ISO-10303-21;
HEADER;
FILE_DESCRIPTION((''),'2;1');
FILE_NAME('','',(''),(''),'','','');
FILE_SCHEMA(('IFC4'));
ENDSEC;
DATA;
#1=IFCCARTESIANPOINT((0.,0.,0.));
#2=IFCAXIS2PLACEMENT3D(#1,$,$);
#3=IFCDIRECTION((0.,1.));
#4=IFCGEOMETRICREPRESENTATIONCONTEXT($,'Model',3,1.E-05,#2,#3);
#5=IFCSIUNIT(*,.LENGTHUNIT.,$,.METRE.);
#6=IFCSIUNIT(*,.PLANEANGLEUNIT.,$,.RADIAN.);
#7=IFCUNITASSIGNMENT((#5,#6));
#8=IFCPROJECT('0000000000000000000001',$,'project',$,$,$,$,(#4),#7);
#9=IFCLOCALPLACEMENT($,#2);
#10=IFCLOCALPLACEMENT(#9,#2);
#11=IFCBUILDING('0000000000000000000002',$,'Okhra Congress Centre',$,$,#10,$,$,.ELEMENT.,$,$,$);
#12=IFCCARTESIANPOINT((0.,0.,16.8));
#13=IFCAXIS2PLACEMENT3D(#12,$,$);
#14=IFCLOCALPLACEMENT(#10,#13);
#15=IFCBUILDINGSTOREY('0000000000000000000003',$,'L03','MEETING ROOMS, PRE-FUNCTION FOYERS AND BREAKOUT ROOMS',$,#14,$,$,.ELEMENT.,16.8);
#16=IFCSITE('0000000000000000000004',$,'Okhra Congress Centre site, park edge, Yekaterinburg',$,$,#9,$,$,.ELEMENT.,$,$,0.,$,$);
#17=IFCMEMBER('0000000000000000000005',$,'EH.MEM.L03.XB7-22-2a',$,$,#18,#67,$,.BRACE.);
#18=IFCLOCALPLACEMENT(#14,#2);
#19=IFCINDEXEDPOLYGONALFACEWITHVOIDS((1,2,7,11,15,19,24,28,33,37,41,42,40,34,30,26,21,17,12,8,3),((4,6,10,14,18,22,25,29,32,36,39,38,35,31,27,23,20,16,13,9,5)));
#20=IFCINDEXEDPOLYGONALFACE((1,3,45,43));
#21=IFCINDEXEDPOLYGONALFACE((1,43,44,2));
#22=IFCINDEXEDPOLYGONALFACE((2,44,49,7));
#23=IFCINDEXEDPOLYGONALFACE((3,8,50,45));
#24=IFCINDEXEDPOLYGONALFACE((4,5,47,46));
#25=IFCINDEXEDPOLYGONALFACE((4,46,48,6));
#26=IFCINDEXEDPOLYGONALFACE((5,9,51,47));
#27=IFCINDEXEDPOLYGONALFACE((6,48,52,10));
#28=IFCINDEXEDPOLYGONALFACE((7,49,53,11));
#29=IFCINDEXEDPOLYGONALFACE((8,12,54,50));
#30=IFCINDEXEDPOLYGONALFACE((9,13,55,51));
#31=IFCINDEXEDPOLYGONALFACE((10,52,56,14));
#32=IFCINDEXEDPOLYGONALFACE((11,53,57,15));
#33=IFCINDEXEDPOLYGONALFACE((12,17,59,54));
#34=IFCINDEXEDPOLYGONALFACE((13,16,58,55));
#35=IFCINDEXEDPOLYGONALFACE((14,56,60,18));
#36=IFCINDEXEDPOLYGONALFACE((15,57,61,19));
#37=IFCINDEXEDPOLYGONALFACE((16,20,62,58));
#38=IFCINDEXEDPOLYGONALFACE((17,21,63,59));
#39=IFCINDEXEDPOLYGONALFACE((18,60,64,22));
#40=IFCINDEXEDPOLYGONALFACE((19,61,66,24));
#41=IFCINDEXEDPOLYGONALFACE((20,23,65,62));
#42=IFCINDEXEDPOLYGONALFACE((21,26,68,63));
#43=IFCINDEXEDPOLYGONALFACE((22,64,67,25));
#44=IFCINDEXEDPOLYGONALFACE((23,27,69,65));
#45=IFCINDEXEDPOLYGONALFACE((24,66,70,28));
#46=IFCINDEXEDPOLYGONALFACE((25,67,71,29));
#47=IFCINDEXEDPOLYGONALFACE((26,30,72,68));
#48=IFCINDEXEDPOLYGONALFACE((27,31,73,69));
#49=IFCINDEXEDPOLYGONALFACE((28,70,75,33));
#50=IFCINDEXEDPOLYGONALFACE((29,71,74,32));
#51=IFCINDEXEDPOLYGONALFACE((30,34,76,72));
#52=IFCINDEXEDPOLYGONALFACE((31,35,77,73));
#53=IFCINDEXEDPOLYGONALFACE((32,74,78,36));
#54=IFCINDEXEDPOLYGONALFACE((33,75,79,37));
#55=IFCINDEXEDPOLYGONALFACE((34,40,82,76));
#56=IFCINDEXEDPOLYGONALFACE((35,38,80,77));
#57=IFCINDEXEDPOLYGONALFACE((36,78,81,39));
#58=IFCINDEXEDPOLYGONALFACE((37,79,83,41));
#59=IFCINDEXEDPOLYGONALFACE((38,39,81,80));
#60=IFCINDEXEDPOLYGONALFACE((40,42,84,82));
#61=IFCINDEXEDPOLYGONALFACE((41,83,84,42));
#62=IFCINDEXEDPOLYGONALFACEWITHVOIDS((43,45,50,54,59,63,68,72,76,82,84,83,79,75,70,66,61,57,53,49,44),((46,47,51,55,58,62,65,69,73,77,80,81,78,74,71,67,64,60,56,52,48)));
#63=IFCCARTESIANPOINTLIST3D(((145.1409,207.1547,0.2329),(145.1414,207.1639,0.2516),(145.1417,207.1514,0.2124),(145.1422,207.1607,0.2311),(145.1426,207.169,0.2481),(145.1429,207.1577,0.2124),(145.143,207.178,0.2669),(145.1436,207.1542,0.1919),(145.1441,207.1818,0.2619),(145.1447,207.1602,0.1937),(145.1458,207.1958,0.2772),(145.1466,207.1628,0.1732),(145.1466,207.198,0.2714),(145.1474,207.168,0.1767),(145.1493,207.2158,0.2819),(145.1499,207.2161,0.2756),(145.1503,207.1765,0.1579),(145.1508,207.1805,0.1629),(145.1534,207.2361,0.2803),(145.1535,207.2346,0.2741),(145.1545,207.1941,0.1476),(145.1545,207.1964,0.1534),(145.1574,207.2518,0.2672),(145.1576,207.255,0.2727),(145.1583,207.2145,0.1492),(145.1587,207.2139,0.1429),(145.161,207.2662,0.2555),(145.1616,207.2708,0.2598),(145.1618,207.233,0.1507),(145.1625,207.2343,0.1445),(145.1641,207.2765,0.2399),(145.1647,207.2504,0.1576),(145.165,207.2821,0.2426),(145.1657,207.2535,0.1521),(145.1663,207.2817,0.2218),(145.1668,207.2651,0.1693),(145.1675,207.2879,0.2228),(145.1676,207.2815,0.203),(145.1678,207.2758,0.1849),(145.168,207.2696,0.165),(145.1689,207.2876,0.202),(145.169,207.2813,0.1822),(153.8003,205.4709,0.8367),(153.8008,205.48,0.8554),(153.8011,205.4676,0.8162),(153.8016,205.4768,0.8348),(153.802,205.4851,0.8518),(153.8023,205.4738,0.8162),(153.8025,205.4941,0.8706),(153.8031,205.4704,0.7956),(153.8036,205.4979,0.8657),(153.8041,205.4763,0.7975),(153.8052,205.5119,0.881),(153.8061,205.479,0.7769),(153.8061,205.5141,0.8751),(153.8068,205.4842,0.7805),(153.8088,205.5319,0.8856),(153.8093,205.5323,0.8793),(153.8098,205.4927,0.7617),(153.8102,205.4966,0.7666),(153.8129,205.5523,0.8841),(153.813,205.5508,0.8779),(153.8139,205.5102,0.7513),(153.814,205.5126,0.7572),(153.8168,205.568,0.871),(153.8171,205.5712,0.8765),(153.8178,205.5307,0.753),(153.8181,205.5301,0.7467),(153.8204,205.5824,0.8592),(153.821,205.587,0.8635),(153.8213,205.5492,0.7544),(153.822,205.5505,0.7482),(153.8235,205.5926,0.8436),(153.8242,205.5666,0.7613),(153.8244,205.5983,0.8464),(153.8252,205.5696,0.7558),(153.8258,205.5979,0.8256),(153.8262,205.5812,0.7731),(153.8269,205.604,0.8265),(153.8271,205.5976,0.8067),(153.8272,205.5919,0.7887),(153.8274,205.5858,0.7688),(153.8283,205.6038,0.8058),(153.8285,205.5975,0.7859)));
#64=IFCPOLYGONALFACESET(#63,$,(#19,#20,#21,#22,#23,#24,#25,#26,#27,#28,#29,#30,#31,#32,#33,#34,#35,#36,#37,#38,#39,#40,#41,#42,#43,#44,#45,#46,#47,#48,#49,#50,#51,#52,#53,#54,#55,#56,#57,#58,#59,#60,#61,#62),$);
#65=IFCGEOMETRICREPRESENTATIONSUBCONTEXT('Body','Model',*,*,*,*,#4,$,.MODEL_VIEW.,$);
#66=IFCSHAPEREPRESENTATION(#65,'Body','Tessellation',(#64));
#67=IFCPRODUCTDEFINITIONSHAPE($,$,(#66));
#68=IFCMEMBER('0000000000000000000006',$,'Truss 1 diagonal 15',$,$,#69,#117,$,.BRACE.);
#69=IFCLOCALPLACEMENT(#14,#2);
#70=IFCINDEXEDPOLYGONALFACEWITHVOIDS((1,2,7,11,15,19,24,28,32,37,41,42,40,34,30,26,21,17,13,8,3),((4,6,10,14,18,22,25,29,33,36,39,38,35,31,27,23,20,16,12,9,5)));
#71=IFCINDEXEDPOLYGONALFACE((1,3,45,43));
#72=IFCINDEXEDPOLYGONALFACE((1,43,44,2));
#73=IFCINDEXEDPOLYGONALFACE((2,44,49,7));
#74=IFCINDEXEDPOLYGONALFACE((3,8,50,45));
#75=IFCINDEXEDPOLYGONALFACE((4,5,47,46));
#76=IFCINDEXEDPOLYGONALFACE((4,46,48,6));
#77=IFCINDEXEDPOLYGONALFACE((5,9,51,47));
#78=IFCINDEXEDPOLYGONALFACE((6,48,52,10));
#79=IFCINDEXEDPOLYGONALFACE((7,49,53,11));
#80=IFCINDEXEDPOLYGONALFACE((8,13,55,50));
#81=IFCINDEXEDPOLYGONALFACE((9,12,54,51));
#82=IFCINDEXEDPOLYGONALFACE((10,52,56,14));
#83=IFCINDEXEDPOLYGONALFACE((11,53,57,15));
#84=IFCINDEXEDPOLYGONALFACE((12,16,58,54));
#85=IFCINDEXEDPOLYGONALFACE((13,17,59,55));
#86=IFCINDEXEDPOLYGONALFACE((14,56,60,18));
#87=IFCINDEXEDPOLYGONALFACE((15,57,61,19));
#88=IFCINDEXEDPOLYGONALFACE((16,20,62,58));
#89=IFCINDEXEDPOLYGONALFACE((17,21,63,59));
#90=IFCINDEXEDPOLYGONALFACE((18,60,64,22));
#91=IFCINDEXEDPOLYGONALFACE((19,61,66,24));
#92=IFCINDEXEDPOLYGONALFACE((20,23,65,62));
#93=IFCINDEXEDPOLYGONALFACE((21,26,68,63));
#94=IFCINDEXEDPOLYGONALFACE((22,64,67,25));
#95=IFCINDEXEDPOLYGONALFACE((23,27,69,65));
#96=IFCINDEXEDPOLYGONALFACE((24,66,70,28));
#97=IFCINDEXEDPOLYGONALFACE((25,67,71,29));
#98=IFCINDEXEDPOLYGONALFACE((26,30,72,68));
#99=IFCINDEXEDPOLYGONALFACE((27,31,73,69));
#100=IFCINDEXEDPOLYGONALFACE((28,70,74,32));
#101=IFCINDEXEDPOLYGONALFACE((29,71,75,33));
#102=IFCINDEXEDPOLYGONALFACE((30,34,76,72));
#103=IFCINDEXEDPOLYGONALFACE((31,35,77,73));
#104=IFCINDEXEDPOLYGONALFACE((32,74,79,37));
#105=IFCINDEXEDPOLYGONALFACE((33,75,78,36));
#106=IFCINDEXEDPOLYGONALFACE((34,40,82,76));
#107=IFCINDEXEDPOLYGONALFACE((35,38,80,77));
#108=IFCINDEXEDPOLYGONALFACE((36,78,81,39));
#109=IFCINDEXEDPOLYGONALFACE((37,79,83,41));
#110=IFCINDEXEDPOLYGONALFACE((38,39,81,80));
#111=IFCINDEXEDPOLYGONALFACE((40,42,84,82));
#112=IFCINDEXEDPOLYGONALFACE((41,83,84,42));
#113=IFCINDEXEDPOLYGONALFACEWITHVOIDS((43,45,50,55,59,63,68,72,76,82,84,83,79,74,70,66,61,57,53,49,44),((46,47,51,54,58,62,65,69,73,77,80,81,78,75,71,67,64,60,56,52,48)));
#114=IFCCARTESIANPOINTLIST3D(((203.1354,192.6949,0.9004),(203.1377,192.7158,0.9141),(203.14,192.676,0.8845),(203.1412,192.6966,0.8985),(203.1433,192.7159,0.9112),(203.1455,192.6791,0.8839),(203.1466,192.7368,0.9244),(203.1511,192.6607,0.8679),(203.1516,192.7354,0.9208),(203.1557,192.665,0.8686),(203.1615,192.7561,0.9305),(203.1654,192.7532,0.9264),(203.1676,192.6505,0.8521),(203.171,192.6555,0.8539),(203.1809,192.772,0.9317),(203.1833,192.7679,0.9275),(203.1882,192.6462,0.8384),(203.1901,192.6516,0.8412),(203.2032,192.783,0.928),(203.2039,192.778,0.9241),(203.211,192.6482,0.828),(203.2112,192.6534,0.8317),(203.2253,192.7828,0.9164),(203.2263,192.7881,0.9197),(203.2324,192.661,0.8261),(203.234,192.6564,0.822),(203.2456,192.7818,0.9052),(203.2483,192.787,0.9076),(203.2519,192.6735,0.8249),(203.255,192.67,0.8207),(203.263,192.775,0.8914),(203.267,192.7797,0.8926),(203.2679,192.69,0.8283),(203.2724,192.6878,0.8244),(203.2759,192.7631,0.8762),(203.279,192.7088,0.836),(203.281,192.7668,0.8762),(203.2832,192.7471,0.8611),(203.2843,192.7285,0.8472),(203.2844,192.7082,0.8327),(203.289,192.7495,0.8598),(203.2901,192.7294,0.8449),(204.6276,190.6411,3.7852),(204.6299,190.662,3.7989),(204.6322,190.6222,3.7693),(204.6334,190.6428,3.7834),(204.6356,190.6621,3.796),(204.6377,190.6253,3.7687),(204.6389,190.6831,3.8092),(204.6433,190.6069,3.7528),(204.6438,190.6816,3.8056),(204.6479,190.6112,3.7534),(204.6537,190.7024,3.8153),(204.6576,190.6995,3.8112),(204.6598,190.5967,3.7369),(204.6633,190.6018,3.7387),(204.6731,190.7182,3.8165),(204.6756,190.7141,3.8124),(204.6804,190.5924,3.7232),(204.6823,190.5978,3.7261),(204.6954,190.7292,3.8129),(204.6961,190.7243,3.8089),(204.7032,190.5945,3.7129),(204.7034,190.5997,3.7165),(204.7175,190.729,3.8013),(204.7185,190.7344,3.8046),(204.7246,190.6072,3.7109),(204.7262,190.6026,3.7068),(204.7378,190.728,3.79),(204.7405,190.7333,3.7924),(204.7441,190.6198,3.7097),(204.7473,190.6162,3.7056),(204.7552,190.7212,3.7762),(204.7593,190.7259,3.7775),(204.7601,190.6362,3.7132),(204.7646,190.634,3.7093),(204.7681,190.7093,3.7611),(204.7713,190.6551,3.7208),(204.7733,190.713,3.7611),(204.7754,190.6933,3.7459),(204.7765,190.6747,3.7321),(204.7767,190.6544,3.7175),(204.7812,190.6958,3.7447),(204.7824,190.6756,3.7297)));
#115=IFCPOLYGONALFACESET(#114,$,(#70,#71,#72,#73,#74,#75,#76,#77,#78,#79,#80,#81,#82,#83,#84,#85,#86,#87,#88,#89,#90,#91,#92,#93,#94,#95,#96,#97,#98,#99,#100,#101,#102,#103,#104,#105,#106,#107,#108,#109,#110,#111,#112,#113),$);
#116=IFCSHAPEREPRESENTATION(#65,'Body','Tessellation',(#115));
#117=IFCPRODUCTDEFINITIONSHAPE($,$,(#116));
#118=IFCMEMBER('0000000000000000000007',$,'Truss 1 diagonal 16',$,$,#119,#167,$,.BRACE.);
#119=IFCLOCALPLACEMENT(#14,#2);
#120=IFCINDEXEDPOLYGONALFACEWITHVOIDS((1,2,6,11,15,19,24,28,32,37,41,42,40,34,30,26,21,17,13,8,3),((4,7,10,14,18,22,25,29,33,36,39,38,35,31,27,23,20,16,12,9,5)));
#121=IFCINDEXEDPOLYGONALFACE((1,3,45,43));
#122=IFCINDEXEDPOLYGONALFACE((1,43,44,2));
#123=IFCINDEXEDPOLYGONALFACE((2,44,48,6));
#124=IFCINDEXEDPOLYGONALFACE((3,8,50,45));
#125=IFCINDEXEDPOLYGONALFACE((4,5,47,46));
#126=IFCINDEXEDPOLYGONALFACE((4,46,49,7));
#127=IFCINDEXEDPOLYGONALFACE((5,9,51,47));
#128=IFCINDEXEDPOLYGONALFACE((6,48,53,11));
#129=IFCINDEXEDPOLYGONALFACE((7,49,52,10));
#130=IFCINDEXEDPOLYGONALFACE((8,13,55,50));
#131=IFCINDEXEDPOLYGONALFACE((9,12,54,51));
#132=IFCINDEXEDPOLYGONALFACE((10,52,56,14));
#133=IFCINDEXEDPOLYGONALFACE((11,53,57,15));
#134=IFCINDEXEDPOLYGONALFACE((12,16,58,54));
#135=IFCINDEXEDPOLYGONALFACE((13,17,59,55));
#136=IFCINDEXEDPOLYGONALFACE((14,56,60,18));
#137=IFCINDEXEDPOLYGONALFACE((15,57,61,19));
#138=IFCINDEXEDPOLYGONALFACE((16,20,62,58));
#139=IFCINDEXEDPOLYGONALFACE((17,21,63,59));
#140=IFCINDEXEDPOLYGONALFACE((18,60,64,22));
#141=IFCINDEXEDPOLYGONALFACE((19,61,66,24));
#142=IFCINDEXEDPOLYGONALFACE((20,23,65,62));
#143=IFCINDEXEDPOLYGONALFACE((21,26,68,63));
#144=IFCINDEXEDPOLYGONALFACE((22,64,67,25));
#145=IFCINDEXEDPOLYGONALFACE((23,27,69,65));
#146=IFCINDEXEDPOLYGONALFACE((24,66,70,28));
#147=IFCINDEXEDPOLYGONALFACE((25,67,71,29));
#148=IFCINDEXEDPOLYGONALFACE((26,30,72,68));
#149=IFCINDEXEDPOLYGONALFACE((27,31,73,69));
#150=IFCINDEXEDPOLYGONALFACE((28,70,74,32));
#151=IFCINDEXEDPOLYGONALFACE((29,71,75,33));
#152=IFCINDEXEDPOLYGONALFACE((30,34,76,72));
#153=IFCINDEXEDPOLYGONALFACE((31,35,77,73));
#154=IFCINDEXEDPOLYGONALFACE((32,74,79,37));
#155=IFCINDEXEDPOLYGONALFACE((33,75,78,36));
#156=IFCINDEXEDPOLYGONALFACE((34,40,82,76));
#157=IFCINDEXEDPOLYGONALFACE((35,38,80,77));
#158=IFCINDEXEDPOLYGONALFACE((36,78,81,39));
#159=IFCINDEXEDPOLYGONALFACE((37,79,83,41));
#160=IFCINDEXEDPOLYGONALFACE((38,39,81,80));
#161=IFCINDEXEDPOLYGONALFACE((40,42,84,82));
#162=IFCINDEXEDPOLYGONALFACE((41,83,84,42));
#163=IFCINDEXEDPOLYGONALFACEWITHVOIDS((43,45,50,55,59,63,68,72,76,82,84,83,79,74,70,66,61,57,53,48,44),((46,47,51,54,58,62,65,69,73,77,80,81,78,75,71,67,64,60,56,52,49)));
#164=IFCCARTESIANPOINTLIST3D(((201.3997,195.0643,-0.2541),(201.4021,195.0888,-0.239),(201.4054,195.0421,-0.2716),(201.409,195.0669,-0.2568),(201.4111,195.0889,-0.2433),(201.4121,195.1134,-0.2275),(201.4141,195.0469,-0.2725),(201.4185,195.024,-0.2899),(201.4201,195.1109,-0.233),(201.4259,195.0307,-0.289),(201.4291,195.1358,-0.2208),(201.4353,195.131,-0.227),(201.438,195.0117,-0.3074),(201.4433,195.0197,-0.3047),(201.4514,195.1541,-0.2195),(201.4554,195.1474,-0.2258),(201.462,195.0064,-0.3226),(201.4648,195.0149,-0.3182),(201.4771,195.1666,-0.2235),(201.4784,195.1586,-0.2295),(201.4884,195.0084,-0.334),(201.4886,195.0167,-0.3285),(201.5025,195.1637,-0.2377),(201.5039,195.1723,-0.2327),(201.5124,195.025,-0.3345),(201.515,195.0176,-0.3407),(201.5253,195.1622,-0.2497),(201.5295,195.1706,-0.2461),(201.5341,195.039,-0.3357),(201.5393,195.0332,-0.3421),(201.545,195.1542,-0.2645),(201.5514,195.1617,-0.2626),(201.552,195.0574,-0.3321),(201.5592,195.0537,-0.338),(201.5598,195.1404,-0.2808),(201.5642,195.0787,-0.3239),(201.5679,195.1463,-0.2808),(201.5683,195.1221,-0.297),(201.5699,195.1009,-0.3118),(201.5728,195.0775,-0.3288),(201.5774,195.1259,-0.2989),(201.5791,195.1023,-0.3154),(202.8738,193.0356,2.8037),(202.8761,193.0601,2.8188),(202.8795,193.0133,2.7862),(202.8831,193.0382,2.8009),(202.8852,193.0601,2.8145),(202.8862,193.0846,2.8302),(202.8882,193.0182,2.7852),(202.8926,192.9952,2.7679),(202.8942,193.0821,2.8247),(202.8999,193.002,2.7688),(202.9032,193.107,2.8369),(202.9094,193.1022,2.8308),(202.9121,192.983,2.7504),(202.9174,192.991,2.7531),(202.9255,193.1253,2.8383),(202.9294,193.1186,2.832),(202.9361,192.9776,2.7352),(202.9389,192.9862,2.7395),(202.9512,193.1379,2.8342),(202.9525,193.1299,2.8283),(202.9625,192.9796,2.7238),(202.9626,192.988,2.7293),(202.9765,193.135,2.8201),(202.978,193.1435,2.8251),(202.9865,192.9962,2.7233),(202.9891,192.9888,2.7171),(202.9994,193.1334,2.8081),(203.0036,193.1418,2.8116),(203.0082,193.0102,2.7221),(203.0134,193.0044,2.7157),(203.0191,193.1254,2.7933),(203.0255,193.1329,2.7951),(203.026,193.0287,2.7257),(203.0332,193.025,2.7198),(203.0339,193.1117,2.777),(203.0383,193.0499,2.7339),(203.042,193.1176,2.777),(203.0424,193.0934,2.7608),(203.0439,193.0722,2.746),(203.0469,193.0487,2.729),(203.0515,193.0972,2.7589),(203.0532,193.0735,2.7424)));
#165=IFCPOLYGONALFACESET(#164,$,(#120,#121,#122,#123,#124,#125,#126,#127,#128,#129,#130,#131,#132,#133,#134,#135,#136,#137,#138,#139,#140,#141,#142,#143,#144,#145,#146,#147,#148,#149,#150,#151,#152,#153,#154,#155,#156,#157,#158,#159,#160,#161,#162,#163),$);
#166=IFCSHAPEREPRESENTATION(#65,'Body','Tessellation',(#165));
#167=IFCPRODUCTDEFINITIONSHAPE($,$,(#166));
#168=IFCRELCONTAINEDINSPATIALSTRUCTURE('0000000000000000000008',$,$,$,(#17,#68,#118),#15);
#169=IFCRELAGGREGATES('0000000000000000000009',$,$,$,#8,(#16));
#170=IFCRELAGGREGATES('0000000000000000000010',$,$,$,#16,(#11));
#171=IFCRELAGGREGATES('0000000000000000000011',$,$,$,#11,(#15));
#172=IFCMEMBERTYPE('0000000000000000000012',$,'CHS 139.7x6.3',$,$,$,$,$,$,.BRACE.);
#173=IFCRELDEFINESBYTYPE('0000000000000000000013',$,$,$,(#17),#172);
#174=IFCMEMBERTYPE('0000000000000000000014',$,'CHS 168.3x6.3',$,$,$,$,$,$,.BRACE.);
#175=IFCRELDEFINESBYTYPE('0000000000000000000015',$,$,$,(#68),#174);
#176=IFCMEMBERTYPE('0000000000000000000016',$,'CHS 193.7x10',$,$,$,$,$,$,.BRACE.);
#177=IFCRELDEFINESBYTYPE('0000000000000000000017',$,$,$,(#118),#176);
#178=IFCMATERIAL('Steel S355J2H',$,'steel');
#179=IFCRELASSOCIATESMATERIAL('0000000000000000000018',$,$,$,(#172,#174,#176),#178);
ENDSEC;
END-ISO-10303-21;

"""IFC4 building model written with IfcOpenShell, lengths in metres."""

from ifc_helpers import new_model, si_unit, direction, frame, origin, origin_2d, place, context, subcontext, project, spatial, hollow_circle, extrude, material, material_profile, profile_set, type_object, element, save


model = new_model("IFC4")

# Units and contexts
model_context = context("Model", 3, precision=1e-05, world=origin(), true_north=direction((0.0, 1.0)))
body_context = subcontext(model_context, "Body", "Model", "MODEL_VIEW")
ifc_project = project(units=[si_unit("LENGTHUNIT", "METRE"), si_unit("PLANEANGLEUNIT", "RADIAN")], contexts=[model_context])

# Site, building, storey
site_placement = place(None, origin())
site = spatial("IfcSite", under=ifc_project, at=site_placement, Name="Okhra Congress Centre site, park edge, Yekaterinburg", CompositionType="ELEMENT", RefElevation=0.0)
building_placement = place(site_placement, origin())
building = spatial("IfcBuilding", under=site, at=building_placement, Name="Okhra Congress Centre", CompositionType="ELEMENT")
storey_placement = place(building_placement, frame((0.0, 0.0, 16.8)))
storey = spatial("IfcBuildingStorey", under=building, at=storey_placement, Name="L03", Description="MEETING ROOMS, PRE-FUNCTION FOYERS AND BREAKOUT ROOMS", CompositionType="ELEMENT", Elevation=16.8)

# Members
ifc_material_1 = material(Name="Steel S355J2H", Category="steel")
ifc_material_profile_1 = material_profile(ifc_material_1, hollow_circle(Radius=0.0698, WallThickness=0.0063, at=origin_2d()), Name="CHS 139.7x6.3")
ifc_profile_set_1 = profile_set([ifc_material_profile_1], Name="Steel S355J2H")
member_type_1 = type_object("IfcMemberType", Name="CHS 139.7x6.3", PredefinedType="BRACE", material=ifc_profile_set_1)
member_1_placement = place(storey_placement, frame((153.8145, 205.5361, 0.8162), z_axis=(-0.979323, 0.190431, -0.068281), x_axis=(-0.190876, -0.981614, 0.0)))
element("IfcMember", 1, at=member_1_placement, inside=storey, type_object=member_type_1, Name="EH.MEM.L03.XB7-22-2a", PredefinedType="BRACE", context=body_context, shape_type="SweptSolid", body=[
    extrude(hollow_circle(Radius=0.0698, WallThickness=0.0063, at=origin_2d()), origin(), (0.0, 0.0, 1.0), 8.8423),
])
ifc_material_profile_2 = material_profile(ifc_material_1, hollow_circle(Radius=0.0842, WallThickness=0.0063, at=origin_2d()), Name="CHS 168.3x6.3")
ifc_profile_set_2 = profile_set([ifc_material_profile_2], Name="Steel S355J2H")
member_type_2 = type_object("IfcMemberType", Name="CHS 168.3x6.3", PredefinedType="BRACE", material=ifc_profile_set_2)
member_2_placement = place(storey_placement, frame((203.2129, 192.7173, 0.8762), z_axis=(0.388319, -0.534447, 0.750716), x_axis=(0.809002, 0.587806, 0.0)))
element("IfcMember", 2, at=member_2_placement, inside=storey, type_object=member_type_2, Name="Truss 1 diagonal 15", PredefinedType="BRACE", context=body_context, shape_type="SweptSolid", body=[
    extrude(hollow_circle(Radius=0.0842, WallThickness=0.0063, at=origin_2d()), origin(), (0.0, 0.0, 1.0), 3.8428),
])
ifc_material_profile_3 = material_profile(ifc_material_1, hollow_circle(Radius=0.0969, WallThickness=0.01, at=origin_2d()), Name="CHS 193.7x10")
ifc_profile_set_3 = profile_set([ifc_material_profile_3], Name="Steel S355J2H")
member_type_3 = type_object("IfcMemberType", Name="CHS 193.7x10", PredefinedType="BRACE", material=ifc_profile_set_3)
member_3_placement = place(storey_placement, frame((201.4895, 195.0894, -0.2808), z_axis=(0.372752, -0.513013, 0.773223), x_axis=(0.808997, 0.587813, 0.0)))
element("IfcMember", 3, at=member_3_placement, inside=storey, type_object=member_type_3, Name="Truss 1 diagonal 16", PredefinedType="BRACE", context=body_context, shape_type="SweptSolid", body=[
    extrude(hollow_circle(Radius=0.0969, WallThickness=0.01, at=origin_2d()), origin(), (0.0, 0.0, 1.0), 3.9546),
])

save(model, "model.ifc")
